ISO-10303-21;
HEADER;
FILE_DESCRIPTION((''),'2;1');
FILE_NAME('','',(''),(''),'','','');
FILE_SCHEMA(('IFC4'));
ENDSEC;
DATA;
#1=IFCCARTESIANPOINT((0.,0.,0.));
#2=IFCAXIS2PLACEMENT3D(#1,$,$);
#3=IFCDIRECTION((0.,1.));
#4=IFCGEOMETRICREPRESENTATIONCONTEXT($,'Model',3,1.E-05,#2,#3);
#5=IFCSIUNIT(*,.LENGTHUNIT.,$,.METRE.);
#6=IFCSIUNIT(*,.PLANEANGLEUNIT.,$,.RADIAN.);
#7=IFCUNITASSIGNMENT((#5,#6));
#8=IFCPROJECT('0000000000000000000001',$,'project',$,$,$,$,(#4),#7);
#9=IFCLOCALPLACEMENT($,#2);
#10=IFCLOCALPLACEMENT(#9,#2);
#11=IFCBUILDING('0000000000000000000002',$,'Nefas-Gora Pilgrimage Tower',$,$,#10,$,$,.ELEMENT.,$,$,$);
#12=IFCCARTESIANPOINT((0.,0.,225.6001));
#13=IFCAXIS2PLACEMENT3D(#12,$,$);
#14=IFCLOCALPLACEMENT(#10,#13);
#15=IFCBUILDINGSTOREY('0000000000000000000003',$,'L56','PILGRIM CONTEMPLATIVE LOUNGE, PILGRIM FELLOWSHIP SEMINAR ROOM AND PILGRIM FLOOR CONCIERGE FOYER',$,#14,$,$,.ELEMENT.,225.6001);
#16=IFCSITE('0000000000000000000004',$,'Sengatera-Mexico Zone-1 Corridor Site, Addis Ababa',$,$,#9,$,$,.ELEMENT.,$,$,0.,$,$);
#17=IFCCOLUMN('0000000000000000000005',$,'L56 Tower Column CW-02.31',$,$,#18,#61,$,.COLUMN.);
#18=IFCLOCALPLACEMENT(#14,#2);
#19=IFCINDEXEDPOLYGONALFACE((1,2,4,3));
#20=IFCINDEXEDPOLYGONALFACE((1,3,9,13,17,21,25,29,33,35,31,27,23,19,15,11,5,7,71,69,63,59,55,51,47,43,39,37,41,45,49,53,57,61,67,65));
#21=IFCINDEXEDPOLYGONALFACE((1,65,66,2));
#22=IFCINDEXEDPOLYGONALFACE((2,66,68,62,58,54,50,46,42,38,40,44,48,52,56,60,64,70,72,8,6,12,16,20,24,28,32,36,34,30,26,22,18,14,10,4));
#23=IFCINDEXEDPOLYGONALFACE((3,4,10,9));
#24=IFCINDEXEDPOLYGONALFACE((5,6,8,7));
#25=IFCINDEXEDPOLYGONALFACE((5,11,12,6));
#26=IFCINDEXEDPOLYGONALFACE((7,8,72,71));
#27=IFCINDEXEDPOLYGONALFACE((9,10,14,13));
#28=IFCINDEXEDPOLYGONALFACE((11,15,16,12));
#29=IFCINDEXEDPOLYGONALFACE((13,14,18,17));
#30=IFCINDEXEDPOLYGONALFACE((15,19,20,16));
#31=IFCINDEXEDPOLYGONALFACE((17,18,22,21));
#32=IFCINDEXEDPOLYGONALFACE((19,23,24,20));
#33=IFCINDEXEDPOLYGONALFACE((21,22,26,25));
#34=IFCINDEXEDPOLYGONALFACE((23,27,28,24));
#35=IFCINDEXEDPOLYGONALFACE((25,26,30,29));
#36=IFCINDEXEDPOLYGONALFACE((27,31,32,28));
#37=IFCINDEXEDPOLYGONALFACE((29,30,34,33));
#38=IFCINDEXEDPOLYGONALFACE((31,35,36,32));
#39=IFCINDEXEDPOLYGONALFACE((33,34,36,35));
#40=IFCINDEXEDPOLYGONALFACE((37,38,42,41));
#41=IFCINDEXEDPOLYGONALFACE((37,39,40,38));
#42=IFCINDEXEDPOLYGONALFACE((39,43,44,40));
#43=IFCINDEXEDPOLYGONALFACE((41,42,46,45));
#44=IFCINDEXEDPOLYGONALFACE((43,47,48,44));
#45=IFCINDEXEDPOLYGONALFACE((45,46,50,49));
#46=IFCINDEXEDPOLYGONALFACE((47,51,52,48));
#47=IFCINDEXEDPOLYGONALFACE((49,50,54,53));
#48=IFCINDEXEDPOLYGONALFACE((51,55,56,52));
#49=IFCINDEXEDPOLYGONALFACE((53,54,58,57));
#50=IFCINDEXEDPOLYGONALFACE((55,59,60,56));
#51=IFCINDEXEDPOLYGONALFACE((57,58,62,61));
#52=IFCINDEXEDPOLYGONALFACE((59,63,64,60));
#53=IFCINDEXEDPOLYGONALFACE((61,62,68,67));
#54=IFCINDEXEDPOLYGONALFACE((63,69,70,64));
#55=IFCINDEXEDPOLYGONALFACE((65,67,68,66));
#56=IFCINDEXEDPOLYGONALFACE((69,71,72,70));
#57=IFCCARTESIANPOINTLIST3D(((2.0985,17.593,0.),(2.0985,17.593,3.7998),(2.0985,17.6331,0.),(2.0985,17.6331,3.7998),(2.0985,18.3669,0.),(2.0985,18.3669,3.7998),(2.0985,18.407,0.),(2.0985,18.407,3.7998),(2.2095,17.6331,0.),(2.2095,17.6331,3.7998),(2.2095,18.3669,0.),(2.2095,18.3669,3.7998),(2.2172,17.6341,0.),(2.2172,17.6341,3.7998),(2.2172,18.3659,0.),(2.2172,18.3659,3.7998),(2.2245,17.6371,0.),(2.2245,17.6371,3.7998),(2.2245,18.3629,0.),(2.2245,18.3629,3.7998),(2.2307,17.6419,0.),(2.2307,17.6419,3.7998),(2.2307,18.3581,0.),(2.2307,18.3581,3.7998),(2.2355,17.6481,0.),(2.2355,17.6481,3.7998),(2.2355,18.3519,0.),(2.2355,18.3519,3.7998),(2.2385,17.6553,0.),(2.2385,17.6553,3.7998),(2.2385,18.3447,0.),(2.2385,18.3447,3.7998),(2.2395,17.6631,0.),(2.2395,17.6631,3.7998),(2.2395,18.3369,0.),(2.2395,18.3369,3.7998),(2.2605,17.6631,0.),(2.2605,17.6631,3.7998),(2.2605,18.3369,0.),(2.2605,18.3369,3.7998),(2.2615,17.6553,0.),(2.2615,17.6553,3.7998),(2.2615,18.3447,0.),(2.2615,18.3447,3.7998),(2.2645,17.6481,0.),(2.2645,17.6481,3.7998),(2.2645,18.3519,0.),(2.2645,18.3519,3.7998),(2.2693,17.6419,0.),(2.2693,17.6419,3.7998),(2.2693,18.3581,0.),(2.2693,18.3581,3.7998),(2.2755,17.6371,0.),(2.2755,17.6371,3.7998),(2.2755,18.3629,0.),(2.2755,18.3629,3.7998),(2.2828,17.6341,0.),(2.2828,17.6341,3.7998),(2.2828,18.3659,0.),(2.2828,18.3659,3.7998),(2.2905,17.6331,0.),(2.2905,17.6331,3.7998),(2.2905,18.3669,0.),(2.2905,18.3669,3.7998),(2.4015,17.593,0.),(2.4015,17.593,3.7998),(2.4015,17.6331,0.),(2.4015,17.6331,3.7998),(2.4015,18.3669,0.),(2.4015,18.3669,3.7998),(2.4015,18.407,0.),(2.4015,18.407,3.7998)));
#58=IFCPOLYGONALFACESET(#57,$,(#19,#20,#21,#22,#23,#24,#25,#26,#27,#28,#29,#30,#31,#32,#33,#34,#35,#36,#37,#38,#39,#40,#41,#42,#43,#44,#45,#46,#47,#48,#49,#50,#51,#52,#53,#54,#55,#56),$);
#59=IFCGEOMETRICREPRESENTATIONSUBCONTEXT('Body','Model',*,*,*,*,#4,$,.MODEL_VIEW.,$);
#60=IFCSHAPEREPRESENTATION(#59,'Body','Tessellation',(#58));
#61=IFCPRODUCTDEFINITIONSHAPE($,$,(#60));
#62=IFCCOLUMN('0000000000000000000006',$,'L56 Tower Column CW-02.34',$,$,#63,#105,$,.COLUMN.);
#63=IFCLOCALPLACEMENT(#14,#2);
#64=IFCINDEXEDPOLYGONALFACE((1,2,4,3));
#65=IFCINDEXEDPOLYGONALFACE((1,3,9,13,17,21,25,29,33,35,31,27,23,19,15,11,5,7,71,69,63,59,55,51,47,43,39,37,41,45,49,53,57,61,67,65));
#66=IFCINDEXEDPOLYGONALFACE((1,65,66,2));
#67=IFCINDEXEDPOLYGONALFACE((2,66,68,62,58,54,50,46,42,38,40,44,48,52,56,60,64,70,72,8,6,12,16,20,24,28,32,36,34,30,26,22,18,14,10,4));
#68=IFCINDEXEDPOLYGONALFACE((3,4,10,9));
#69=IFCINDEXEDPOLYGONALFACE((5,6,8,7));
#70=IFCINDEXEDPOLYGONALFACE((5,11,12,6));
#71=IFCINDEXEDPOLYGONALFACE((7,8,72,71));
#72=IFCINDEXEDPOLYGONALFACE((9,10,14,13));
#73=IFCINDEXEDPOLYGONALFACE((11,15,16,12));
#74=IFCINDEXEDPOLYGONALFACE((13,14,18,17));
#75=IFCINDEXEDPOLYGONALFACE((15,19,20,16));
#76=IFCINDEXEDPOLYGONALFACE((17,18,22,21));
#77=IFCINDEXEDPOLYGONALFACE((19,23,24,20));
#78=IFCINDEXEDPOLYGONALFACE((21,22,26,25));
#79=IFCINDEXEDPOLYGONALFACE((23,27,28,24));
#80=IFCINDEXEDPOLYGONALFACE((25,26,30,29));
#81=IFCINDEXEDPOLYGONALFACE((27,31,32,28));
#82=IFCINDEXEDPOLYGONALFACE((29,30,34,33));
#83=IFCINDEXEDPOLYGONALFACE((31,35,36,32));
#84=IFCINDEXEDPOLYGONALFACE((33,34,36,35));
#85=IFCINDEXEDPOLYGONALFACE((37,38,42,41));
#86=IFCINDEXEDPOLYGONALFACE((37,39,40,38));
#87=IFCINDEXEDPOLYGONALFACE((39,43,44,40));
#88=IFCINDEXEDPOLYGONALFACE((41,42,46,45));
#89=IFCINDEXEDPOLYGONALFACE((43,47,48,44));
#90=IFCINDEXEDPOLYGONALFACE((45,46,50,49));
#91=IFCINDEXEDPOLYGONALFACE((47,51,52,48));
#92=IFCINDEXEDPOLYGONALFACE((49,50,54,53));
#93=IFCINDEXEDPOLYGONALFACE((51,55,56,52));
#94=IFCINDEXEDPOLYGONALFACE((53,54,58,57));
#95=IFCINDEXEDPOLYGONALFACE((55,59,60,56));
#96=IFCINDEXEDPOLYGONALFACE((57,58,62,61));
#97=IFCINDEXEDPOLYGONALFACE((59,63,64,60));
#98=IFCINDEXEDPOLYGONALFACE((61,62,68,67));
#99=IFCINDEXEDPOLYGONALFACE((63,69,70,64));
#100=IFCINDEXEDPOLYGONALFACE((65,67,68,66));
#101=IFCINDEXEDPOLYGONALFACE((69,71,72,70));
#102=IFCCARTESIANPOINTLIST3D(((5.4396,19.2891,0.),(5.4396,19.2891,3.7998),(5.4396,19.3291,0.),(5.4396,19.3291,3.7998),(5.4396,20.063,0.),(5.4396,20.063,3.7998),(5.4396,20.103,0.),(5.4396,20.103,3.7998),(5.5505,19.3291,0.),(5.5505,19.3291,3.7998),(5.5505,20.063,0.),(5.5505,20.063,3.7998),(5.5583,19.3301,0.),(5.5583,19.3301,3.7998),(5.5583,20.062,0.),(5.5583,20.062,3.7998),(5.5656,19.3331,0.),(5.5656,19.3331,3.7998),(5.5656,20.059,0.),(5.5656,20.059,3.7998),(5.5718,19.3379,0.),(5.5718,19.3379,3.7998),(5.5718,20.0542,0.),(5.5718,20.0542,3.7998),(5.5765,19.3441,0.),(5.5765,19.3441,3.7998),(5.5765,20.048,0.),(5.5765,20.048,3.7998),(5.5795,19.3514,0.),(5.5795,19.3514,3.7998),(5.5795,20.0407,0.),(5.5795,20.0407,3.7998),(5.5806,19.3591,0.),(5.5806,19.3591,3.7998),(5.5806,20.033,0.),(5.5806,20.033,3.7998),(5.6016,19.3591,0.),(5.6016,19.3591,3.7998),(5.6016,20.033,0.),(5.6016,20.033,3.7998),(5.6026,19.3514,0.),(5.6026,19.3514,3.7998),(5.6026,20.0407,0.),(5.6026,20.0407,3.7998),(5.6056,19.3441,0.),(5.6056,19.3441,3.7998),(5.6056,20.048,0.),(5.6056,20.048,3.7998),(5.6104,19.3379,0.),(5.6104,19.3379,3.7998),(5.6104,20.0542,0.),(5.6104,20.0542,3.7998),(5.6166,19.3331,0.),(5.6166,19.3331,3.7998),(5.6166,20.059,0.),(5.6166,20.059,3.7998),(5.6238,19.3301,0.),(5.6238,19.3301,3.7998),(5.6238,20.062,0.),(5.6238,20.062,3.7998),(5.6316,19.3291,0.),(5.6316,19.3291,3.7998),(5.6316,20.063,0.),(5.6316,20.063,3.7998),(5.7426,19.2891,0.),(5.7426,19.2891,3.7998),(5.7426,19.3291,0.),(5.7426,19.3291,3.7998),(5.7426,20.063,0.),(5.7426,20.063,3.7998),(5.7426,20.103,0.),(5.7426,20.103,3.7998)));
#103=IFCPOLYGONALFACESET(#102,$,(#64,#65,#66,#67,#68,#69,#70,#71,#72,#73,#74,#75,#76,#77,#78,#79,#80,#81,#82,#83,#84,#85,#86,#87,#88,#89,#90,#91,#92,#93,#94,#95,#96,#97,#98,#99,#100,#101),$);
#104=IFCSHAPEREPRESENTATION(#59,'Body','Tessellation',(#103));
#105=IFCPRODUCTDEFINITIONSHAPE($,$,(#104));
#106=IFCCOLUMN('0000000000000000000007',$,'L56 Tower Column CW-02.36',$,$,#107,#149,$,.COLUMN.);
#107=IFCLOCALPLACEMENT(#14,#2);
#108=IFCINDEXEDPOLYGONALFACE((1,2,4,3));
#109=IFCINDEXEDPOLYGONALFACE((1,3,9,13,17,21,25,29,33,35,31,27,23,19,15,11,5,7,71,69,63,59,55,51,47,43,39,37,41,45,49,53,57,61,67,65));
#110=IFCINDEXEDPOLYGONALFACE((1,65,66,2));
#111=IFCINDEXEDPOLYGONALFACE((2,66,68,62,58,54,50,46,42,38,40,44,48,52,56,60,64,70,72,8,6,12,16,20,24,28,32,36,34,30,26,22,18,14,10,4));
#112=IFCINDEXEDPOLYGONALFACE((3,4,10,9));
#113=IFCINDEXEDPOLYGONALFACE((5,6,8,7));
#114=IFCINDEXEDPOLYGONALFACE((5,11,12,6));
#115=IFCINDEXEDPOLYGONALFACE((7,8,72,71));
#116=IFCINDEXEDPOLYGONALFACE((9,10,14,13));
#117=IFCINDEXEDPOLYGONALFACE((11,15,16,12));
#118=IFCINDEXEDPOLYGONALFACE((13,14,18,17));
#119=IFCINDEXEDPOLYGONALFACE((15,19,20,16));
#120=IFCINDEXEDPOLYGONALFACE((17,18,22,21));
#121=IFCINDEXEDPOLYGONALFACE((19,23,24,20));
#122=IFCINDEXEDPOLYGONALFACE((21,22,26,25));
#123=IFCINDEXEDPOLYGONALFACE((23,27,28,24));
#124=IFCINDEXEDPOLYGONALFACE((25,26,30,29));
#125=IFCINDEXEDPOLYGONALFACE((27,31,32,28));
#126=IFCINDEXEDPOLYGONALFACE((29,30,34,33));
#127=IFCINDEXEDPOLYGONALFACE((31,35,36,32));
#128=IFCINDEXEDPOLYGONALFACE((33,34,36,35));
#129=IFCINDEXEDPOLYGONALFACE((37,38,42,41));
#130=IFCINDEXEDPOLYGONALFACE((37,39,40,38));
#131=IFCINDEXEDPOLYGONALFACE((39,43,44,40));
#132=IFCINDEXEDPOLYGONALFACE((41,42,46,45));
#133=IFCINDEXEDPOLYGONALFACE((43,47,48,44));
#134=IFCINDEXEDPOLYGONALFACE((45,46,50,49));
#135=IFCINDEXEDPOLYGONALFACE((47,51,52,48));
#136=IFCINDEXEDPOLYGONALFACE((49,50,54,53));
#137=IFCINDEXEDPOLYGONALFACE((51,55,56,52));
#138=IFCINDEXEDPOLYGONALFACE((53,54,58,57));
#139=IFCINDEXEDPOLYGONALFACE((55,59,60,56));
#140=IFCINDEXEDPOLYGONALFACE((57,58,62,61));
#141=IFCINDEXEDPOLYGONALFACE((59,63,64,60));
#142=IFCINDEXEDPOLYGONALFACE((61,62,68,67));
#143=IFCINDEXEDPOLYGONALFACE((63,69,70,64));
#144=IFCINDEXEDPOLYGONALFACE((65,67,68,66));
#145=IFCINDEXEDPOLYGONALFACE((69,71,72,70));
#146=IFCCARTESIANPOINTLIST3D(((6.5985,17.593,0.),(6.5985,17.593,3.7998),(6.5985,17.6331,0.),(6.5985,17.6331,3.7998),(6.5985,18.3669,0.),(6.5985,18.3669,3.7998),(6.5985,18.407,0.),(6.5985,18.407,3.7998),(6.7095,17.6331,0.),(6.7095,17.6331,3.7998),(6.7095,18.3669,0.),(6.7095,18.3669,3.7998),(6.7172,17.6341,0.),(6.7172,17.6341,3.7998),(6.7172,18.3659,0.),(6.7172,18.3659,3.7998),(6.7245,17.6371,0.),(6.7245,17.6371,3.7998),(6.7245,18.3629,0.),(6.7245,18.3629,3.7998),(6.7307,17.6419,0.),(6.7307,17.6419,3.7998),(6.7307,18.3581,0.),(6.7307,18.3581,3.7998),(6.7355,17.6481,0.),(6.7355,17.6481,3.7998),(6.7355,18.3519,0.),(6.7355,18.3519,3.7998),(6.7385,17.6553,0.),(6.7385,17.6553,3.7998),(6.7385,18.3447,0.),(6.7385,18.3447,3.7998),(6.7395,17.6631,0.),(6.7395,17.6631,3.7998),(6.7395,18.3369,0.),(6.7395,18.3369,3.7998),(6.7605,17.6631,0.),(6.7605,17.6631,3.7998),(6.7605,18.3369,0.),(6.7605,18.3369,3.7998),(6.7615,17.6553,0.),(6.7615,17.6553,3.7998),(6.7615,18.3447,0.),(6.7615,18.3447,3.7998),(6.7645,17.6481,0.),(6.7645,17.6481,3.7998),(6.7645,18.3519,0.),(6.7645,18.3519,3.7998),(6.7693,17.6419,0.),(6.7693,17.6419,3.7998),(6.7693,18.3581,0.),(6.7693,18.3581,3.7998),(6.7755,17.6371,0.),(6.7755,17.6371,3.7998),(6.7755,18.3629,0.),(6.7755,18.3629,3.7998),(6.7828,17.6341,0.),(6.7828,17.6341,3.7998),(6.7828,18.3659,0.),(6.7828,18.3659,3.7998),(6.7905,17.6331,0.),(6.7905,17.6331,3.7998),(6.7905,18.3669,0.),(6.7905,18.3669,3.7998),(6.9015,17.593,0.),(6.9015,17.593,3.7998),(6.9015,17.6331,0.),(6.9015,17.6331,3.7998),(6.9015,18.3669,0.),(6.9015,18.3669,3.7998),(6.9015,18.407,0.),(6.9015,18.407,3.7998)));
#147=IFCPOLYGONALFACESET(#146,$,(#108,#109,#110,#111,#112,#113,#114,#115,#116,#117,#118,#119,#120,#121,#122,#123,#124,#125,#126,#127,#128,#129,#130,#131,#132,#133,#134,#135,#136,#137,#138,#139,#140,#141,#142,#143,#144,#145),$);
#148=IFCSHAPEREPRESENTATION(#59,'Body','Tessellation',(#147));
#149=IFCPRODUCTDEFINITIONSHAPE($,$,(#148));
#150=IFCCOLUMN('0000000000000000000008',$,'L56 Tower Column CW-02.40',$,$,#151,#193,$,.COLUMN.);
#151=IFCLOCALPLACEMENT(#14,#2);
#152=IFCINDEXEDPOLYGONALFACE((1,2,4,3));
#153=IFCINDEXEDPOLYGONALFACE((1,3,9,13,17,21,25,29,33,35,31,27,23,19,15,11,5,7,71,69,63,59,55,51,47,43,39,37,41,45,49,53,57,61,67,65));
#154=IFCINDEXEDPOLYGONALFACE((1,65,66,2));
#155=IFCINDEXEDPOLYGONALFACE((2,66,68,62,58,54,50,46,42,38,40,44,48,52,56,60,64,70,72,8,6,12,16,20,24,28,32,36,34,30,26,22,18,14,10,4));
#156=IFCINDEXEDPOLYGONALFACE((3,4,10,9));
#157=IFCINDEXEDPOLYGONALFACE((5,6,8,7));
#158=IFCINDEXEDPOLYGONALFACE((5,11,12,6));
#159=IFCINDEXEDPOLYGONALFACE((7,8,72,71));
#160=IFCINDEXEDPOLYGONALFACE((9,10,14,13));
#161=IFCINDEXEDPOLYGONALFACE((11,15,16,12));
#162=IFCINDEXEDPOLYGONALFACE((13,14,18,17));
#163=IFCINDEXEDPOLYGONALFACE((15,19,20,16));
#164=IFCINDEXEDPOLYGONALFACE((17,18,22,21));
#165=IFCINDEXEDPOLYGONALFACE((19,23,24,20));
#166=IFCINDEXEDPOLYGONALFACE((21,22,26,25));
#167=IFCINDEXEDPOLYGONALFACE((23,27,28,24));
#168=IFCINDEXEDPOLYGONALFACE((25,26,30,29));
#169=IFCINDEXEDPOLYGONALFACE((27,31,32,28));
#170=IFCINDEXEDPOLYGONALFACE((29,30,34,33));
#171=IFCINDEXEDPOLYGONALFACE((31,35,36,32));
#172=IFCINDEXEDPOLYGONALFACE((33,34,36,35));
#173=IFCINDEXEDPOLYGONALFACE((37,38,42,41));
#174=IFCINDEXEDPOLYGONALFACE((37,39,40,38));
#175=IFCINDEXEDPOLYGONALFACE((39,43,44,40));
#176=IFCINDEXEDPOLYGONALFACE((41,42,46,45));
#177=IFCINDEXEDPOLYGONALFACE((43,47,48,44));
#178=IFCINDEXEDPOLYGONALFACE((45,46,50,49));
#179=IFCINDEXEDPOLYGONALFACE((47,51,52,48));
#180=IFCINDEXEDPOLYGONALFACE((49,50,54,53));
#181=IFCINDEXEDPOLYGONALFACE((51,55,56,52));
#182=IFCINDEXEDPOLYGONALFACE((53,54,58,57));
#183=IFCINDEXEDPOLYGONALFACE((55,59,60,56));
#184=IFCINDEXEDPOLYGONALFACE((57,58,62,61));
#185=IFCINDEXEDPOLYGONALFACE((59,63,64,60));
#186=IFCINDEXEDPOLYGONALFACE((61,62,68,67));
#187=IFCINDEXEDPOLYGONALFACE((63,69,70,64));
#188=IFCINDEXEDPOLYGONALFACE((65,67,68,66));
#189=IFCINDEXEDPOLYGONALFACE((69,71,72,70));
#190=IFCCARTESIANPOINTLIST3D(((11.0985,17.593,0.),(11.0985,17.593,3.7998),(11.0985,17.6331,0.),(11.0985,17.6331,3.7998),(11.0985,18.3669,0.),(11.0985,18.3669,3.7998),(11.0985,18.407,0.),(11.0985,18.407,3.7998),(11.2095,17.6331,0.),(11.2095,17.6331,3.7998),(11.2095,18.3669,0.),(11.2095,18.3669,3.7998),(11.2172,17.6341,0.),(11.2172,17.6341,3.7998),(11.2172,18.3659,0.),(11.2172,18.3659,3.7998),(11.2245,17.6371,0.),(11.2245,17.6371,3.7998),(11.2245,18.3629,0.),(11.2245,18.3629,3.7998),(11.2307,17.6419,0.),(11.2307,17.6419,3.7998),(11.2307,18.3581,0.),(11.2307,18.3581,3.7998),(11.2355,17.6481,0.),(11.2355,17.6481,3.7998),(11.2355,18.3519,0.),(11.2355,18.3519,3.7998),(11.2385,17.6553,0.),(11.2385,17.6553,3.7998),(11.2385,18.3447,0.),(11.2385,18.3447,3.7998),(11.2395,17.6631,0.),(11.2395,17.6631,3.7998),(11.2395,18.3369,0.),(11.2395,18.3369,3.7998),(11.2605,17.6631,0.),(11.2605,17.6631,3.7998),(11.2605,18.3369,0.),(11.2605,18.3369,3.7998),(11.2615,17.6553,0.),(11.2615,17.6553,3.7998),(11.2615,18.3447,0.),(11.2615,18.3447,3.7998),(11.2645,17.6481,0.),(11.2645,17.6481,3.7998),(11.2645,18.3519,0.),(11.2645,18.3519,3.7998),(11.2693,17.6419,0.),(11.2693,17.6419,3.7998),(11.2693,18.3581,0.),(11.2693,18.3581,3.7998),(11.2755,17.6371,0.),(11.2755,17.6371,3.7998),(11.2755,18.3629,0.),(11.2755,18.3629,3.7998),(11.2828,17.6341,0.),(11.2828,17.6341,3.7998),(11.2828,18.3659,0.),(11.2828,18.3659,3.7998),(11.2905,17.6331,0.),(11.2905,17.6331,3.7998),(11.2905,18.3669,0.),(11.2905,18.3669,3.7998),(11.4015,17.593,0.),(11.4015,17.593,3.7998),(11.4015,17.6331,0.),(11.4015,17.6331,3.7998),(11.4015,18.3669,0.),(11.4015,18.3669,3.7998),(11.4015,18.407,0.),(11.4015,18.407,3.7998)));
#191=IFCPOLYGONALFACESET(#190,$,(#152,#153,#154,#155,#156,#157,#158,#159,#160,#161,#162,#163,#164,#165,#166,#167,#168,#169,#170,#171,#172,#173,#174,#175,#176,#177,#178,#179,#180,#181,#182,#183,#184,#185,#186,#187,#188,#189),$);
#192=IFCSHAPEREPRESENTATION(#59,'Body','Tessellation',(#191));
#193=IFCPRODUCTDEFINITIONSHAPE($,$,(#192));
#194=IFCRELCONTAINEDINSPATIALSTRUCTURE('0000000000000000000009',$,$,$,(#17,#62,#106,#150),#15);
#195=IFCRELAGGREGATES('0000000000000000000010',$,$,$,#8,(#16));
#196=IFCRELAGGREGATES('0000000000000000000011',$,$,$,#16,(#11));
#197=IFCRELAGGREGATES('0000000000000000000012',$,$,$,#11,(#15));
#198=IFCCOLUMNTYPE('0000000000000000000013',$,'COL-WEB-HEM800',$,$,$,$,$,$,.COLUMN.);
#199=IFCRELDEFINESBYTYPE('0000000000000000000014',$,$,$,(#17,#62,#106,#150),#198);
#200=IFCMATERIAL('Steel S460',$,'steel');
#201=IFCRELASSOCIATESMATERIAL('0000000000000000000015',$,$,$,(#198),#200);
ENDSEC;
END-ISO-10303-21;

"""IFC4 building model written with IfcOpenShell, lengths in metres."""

from ifc_helpers import new_model, si_unit, direction, frame, origin, origin_2d, place, context, subcontext, project, spatial, i_section, extrude, source, transform, mapped, material, material_profile, profile_set, type_object, element, save


model = new_model("IFC4")

# Units and contexts
model_context = context("Model", 3, precision=1e-05, world=origin(), true_north=direction((0.0, 1.0)))
body_context = subcontext(model_context, "Body", "Model", "MODEL_VIEW")
ifc_project = project(units=[si_unit("LENGTHUNIT", "METRE"), si_unit("PLANEANGLEUNIT", "RADIAN")], contexts=[model_context])

# Site, building, storey
site_placement = place(None, origin())
site = spatial("IfcSite", under=ifc_project, at=site_placement, Name="Sengatera-Mexico Zone-1 Corridor Site, Addis Ababa", CompositionType="ELEMENT", RefElevation=0.0)
building_placement = place(site_placement, origin())
building = spatial("IfcBuilding", under=site, at=building_placement, Name="Nefas-Gora Pilgrimage Tower", CompositionType="ELEMENT")
storey_placement = place(building_placement, frame((0.0, 0.0, 225.6001)))
storey = spatial("IfcBuildingStorey", under=building, at=storey_placement, Name="L56", Description="PILGRIM CONTEMPLATIVE LOUNGE, PILGRIM FELLOWSHIP SEMINAR ROOM AND PILGRIM FLOOR CONCIERGE FOYER", CompositionType="ELEMENT", Elevation=225.6001)

# Columns
ifc_material_1 = material(Name="Steel S460", Category="steel")
ifc_material_profile_1 = material_profile(ifc_material_1, i_section(OverallWidth=0.303, OverallDepth=0.814, WebThickness=0.021, FlangeThickness=0.04, FilletRadius=0.03, at=origin_2d()), Name="HEM 800")
ifc_profile_set_1 = profile_set([ifc_material_profile_1], Name="Steel S460")
column_type_1 = type_object("IfcColumnType", Name="COL-WEB-HEM800", PredefinedType="COLUMN", material=ifc_profile_set_1)
shared_shape_1 = source(origin(), body_context, "Body", "SweptSolid", [
    extrude(i_section(OverallWidth=0.303, OverallDepth=0.814, WebThickness=0.021, FlangeThickness=0.04, FilletRadius=0.03, at=origin_2d()), origin(), (0.0, 0.0, 1.0), 3.7998),
])
for number, where, z_axis, x_axis, name in (
    (1, (2.25, 18.0, 0.0), (0.0, 0.0, 1.0), (1.0, 0.0, 0.0), "L56 Tower Column CW-02.31"),
    (2, (5.5911, 19.696, 0.0), (0.0, 0.0, 1.0), (1.0, 0.0, 0.0), "L56 Tower Column CW-02.34"),
    (3, (6.75, 18.0, 0.0), (0.0, 0.0, 1.0), (1.0, 0.0, 0.0), "L56 Tower Column CW-02.36"),
    (4, (11.25, 18.0, 0.0), (0.0, 0.0, 1.0), (1.0, 0.0, 0.0), "L56 Tower Column CW-02.40"),
):
    element("IfcColumn", number, at=place(storey_placement, frame(where, z_axis=z_axis, x_axis=x_axis)), inside=storey, type_object=column_type_1, Name=name, PredefinedType="COLUMN", context=body_context, shape_type="MappedRepresentation", body=[
        mapped(shared_shape_1, transform((0.0, 0.0, 0.0), x_axis=(1.0, 0.0, 0.0), y_axis=(0.0, 1.0, 0.0), z_axis=(0.0, 0.0, 1.0), scale=1.0)),
    ])

save(model, "model.ifc")
